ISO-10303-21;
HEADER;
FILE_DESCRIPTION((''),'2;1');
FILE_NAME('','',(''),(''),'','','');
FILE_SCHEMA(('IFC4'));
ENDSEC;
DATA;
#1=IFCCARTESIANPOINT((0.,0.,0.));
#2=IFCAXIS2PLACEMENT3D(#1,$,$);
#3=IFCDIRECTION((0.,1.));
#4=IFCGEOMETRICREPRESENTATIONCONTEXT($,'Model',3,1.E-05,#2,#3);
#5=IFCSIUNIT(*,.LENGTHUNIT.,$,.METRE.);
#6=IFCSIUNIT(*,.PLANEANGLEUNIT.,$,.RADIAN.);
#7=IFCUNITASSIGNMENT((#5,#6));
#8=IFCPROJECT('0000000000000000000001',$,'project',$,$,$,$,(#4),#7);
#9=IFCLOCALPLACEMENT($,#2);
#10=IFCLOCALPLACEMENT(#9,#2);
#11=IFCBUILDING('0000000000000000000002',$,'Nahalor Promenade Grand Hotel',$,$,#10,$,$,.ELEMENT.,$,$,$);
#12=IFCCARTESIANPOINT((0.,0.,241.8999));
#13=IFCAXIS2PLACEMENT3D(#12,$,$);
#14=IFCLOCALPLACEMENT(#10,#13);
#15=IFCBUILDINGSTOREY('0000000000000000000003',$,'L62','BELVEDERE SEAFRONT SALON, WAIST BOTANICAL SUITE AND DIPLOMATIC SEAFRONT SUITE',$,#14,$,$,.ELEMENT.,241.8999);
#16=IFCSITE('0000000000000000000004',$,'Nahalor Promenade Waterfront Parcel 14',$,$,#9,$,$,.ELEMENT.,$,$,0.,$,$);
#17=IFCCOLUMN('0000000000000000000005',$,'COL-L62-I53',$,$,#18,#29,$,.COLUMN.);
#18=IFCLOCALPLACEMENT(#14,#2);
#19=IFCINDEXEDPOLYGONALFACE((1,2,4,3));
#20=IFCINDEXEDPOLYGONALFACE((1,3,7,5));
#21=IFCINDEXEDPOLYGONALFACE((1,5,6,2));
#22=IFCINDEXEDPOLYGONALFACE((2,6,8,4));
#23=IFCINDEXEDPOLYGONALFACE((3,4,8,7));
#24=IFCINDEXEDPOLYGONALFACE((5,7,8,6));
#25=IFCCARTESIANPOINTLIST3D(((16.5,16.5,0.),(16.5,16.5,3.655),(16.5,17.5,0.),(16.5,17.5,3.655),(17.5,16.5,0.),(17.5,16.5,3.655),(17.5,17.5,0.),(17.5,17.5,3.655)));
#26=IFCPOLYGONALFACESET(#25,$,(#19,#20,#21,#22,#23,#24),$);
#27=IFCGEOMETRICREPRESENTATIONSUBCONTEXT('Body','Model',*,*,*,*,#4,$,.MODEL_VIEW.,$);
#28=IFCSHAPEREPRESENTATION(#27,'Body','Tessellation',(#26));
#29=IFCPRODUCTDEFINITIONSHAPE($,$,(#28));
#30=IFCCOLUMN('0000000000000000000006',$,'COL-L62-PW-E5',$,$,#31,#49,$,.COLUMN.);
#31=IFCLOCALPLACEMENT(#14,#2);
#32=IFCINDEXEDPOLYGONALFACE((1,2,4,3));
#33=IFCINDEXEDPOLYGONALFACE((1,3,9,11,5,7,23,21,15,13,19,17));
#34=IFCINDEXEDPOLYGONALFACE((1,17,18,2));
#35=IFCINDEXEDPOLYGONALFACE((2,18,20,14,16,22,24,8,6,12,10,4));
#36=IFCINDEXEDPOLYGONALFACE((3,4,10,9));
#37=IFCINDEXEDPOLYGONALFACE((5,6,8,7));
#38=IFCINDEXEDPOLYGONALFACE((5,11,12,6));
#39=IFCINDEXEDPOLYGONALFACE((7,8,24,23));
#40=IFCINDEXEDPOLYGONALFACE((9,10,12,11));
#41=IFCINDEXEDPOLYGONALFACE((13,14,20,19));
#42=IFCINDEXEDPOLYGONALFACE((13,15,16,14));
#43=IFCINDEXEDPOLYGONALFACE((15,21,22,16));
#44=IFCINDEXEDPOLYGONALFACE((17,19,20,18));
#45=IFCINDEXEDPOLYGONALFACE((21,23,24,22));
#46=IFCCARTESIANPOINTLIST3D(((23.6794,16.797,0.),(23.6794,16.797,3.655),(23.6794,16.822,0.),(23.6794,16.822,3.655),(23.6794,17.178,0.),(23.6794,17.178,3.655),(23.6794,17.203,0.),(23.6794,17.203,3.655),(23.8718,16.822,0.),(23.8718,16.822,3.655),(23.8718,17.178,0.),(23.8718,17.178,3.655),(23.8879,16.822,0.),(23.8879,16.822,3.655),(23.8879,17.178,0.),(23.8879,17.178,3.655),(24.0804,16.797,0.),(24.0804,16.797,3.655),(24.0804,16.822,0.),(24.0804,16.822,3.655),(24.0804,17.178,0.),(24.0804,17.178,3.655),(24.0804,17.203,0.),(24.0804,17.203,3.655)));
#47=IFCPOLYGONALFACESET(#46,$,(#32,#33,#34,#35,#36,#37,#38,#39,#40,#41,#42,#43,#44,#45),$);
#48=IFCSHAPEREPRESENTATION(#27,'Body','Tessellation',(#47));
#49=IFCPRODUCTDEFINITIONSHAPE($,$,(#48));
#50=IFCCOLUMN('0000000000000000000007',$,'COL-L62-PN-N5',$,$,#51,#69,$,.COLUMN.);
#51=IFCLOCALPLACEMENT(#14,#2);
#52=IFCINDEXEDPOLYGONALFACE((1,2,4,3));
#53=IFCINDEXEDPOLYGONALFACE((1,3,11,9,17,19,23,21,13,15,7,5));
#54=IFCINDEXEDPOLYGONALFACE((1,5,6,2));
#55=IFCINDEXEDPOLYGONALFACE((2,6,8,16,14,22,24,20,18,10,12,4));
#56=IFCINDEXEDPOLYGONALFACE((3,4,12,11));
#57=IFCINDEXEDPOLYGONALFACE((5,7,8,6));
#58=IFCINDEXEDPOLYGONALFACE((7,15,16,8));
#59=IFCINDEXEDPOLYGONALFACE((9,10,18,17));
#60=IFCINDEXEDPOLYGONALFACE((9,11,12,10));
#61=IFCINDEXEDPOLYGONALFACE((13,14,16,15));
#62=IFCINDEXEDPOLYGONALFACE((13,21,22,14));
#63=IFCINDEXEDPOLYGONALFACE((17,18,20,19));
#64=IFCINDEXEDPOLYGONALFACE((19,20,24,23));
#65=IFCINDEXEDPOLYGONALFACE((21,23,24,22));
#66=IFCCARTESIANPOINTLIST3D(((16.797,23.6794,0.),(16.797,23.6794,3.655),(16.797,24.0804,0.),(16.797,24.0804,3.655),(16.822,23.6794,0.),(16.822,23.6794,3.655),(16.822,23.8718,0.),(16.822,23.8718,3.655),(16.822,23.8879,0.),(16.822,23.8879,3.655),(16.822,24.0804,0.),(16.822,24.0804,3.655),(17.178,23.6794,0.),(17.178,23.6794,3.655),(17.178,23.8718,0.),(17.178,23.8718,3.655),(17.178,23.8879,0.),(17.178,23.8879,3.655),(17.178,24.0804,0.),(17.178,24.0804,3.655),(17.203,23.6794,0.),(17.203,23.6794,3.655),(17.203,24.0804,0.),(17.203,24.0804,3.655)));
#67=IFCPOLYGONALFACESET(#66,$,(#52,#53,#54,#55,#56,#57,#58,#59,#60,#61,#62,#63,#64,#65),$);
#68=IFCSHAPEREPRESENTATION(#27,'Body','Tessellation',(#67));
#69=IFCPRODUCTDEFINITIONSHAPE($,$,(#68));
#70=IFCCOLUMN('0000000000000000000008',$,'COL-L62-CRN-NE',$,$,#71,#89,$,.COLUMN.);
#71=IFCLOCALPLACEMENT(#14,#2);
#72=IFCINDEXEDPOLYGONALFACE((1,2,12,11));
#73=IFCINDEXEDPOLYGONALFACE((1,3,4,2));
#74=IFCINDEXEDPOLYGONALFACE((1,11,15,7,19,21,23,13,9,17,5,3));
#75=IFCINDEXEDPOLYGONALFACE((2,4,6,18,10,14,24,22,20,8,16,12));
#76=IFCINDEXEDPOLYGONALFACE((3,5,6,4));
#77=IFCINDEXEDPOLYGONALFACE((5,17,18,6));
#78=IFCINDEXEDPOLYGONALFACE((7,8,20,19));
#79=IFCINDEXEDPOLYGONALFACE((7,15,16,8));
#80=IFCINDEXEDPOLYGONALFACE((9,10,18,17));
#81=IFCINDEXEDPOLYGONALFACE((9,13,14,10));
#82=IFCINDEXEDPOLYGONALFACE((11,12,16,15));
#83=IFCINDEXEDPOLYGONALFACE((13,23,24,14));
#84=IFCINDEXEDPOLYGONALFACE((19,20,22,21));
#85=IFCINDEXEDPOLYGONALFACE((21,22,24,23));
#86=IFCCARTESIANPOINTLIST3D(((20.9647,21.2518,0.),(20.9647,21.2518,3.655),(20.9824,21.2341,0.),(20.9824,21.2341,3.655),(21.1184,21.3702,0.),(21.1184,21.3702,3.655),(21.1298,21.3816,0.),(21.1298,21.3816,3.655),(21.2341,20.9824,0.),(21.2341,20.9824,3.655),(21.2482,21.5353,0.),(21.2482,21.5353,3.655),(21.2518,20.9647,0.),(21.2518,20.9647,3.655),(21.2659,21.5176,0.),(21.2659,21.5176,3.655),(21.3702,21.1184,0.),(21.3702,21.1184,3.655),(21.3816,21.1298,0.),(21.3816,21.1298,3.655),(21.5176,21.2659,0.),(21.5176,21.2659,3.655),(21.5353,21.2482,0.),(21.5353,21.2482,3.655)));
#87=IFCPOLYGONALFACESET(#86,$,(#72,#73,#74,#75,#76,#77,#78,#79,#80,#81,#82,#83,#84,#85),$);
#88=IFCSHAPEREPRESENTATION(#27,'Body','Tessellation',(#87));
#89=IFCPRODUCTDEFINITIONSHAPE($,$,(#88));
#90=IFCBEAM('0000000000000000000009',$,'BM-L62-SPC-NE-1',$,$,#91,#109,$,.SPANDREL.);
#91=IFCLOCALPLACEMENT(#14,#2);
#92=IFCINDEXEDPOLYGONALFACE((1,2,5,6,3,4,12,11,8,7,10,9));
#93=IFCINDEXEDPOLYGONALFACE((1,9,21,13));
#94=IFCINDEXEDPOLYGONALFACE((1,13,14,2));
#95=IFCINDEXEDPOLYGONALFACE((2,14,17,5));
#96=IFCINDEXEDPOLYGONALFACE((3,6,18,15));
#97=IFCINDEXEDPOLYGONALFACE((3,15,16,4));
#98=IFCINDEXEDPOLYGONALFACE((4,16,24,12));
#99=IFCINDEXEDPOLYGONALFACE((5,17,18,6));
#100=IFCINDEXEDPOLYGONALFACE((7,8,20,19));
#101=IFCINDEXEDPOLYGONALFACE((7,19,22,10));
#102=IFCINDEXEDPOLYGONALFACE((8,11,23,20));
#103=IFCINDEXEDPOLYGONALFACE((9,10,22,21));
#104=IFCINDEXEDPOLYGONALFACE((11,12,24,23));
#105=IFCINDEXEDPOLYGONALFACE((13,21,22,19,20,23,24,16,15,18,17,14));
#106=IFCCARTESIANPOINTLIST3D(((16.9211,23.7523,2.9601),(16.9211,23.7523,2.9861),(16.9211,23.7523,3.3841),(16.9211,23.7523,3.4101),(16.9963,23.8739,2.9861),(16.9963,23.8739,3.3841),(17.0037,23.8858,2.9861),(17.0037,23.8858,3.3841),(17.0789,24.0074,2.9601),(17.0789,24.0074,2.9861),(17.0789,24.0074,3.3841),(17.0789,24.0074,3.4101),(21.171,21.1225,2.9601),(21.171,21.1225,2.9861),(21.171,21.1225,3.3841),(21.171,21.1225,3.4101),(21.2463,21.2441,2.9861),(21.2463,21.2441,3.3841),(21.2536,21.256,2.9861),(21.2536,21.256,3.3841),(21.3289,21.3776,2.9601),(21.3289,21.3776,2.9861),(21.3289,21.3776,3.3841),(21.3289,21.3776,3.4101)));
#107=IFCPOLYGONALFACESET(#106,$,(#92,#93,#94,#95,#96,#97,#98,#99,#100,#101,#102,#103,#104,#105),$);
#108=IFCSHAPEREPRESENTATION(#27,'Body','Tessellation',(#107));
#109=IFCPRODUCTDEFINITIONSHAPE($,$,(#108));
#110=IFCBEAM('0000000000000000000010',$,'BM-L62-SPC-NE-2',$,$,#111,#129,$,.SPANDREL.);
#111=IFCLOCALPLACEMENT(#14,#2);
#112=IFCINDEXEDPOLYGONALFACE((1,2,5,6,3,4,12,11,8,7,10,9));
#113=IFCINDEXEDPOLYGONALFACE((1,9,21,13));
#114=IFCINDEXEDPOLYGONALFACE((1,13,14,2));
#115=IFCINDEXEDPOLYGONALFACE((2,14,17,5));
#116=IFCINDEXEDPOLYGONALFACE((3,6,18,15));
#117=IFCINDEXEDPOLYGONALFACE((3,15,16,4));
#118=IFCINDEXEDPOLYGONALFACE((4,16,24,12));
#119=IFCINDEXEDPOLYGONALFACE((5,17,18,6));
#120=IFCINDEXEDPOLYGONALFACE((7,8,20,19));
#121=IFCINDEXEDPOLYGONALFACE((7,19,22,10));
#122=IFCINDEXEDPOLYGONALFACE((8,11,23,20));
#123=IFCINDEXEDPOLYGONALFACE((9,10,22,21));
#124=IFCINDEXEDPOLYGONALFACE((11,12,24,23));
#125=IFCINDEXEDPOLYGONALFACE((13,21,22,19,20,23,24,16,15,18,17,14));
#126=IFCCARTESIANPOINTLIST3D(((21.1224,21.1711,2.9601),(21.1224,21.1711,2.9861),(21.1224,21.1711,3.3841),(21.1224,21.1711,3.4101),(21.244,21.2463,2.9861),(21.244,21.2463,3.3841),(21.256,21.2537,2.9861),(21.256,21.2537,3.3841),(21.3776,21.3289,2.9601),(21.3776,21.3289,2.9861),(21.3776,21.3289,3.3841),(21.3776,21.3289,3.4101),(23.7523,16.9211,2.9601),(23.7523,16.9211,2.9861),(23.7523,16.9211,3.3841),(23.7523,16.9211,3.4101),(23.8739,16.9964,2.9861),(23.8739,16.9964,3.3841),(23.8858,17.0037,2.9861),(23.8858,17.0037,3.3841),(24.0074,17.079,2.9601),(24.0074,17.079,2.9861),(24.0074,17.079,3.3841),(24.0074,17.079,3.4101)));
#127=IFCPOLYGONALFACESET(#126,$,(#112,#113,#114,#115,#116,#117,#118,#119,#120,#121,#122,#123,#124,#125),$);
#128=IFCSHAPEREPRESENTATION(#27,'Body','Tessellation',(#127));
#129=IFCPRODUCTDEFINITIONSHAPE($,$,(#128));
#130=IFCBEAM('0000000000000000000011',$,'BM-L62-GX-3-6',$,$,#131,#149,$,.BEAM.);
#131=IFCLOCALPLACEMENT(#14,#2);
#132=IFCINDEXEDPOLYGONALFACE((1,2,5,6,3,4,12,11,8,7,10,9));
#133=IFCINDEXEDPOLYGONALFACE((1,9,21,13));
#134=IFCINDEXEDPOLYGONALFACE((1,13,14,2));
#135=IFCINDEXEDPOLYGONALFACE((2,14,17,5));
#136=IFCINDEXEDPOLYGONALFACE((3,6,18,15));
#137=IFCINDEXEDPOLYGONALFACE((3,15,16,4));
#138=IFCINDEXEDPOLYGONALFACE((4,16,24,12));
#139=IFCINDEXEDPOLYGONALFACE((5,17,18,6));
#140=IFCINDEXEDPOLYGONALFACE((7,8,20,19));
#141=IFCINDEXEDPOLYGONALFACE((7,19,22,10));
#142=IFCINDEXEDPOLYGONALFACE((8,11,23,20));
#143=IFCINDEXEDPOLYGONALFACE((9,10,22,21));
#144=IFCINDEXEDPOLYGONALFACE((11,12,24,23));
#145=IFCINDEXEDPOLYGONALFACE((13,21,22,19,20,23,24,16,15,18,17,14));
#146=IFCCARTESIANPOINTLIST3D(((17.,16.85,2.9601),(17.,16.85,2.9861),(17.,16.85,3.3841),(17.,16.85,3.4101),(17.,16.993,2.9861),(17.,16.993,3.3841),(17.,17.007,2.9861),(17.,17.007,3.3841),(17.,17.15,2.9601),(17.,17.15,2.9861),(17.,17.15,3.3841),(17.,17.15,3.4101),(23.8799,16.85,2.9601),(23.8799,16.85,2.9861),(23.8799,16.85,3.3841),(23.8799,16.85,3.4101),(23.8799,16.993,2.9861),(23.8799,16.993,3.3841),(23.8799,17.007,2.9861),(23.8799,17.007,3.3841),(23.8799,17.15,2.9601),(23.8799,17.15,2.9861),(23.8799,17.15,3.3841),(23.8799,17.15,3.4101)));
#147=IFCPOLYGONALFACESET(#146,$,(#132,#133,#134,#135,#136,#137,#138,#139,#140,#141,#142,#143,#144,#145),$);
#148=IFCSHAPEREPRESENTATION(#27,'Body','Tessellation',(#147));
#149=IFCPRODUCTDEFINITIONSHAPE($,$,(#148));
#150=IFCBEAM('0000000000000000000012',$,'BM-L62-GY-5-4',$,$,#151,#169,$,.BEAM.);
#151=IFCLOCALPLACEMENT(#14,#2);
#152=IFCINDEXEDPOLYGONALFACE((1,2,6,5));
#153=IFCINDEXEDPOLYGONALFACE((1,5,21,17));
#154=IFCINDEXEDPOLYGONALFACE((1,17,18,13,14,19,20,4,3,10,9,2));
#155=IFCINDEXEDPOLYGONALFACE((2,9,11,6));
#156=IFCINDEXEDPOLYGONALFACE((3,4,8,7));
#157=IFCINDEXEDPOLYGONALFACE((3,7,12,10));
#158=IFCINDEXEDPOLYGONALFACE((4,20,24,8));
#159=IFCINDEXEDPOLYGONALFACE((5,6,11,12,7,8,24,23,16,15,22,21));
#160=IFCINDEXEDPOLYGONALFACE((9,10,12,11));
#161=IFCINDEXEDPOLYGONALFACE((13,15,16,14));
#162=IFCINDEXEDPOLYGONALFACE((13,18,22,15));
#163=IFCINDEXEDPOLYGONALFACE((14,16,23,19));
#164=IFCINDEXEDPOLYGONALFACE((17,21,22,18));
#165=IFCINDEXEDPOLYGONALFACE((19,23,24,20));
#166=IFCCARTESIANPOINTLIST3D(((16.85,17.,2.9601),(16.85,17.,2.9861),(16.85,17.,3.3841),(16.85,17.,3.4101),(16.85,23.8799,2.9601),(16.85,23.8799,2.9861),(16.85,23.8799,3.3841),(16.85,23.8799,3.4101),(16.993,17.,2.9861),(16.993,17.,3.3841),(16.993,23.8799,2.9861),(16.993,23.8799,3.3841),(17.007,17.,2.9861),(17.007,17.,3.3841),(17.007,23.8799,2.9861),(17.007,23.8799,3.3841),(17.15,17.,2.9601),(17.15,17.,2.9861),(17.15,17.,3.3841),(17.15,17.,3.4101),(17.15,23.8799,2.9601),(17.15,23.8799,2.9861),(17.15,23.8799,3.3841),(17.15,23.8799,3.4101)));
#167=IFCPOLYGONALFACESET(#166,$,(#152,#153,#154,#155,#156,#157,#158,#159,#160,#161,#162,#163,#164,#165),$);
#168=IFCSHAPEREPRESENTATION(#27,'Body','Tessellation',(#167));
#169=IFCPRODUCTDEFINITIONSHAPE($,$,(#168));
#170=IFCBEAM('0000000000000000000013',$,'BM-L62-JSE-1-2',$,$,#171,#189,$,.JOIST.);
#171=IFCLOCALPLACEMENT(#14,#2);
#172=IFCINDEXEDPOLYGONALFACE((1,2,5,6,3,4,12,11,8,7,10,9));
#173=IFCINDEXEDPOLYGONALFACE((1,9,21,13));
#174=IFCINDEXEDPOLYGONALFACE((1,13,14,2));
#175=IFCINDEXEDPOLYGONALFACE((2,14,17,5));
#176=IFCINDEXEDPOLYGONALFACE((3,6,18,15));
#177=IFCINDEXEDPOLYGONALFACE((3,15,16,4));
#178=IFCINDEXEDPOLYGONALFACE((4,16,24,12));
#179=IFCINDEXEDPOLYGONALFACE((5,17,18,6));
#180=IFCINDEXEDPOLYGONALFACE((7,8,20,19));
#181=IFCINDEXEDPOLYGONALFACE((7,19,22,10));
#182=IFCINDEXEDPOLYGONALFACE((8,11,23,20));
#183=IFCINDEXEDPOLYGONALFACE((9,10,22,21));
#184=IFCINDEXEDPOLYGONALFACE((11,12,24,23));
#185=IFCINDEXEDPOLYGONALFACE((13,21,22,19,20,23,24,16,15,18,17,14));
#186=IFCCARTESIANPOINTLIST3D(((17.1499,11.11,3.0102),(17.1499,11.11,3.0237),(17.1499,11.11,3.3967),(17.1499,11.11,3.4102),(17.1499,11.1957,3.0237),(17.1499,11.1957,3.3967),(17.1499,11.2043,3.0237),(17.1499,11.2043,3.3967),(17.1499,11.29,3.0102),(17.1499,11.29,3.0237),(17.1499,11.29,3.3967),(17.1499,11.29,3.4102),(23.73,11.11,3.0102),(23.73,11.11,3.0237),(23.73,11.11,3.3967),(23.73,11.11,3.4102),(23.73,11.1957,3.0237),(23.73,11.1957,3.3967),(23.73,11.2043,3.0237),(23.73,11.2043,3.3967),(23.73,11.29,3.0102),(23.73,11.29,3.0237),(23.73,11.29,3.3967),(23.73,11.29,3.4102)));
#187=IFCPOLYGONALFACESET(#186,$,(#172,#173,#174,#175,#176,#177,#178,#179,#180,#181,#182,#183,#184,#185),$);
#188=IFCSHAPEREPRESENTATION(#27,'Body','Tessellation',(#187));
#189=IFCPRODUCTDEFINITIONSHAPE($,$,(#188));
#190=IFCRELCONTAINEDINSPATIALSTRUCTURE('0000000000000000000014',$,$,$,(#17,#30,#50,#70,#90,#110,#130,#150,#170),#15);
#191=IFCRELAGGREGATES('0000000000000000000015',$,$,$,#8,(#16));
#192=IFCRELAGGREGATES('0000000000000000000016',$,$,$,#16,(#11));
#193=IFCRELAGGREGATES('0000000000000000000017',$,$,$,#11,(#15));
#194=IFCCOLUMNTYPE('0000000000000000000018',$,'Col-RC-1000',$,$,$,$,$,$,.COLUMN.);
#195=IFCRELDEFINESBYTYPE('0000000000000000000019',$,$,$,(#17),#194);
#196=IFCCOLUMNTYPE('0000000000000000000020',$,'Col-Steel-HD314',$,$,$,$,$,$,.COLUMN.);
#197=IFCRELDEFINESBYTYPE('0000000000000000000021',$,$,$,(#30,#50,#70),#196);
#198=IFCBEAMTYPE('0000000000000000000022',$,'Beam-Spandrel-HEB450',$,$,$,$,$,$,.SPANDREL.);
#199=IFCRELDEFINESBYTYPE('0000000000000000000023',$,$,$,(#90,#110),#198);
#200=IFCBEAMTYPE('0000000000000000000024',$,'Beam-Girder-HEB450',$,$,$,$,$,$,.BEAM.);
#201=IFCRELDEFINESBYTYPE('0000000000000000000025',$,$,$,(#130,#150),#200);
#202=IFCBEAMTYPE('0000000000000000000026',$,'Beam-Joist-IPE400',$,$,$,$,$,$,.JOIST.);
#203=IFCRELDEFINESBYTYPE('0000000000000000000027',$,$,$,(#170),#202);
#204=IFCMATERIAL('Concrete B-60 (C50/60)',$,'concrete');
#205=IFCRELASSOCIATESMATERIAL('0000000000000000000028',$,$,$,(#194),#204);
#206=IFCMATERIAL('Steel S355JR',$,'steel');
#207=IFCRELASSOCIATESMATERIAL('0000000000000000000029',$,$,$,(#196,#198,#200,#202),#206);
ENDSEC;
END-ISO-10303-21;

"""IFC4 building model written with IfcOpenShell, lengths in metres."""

from ifc_helpers import new_model, si_unit, direction, frame, origin, origin_2d, place, context, subcontext, project, spatial, rectangle, i_section, extrude, source, transform, mapped, material, material_profile, profile_set, type_object, element, save


model = new_model("IFC4")

# Units and contexts
model_context = context("Model", 3, precision=1e-05, world=origin(), true_north=direction((0.0, 1.0)))
body_context = subcontext(model_context, "Body", "Model", "MODEL_VIEW")
ifc_project = project(units=[si_unit("LENGTHUNIT", "METRE"), si_unit("PLANEANGLEUNIT", "RADIAN")], contexts=[model_context])

# Site, building, storey
site_placement = place(None, origin())
site = spatial("IfcSite", under=ifc_project, at=site_placement, Name="Nahalor Promenade Waterfront Parcel 14", CompositionType="ELEMENT", RefElevation=0.0)
building_placement = place(site_placement, origin())
building = spatial("IfcBuilding", under=site, at=building_placement, Name="Nahalor Promenade Grand Hotel", CompositionType="ELEMENT")
storey_placement = place(building_placement, frame((0.0, 0.0, 241.8999)))
storey = spatial("IfcBuildingStorey", under=building, at=storey_placement, Name="L62", Description="BELVEDERE SEAFRONT SALON, WAIST BOTANICAL SUITE AND DIPLOMATIC SEAFRONT SUITE", CompositionType="ELEMENT", Elevation=241.8999)

# Columns
ifc_material_1 = material(Name="Concrete B-60 (C50/60)", Category="concrete")
ifc_material_profile_1 = material_profile(ifc_material_1, rectangle(XDim=1.0, YDim=1.0, at=origin_2d()), Name="RC 1000x1000")
ifc_profile_set_1 = profile_set([ifc_material_profile_1], Name="Concrete B-60 (C50/60)")
column_type_1 = type_object("IfcColumnType", Name="Col-RC-1000", PredefinedType="COLUMN", material=ifc_profile_set_1)
shared_shape_1 = source(origin(), body_context, "Body", "SweptSolid", [
    extrude(rectangle(XDim=1.0, YDim=1.0, at=origin_2d()), origin(), (0.0, 0.0, 1.0), 3.655),
])
column_placement = place(storey_placement, frame((17.0, 17.0, 0.0), z_axis=(0.0, 0.0, 1.0), x_axis=(1.0, 0.0, 0.0)))
element("IfcColumn", 1, at=column_placement, inside=storey, type_object=column_type_1, Name="COL-L62-I53", PredefinedType="COLUMN", context=body_context, shape_type="MappedRepresentation", body=[
    mapped(shared_shape_1, transform((0.0, 0.0, 0.0), scale=1.0)),
])
ifc_material_2 = material(Name="Steel S355JR", Category="steel")
ifc_material_profile_2 = material_profile(ifc_material_2, i_section(OverallWidth=0.401, OverallDepth=0.406, WebThickness=0.0161, FlangeThickness=0.025, at=origin_2d()), Name="HD 400x314")
ifc_profile_set_2 = profile_set([ifc_material_profile_2], Name="Steel S355JR")
column_type_2 = type_object("IfcColumnType", Name="Col-Steel-HD314", PredefinedType="COLUMN", material=ifc_profile_set_2)
shared_shape_2 = source(origin(), body_context, "Body", "SweptSolid", [
    extrude(i_section(OverallWidth=0.401, OverallDepth=0.406, WebThickness=0.0161, FlangeThickness=0.025, at=origin_2d()), origin(), (0.0, 0.0, 1.0), 3.655),
])
for number, where, z_axis, x_axis, name in (
    (2, (23.8799, 17.0, 0.0), (0.0, 0.0, 1.0), (1.0, 0.0, 0.0), "COL-L62-PW-E5"),
    (3, (17.0, 23.8799, 0.0), (0.0, 0.0, 1.0), (0.0, 1.0, 0.0), "COL-L62-PN-N5"),
    (4, (21.25, 21.25, 0.0), (0.0, 0.0, 1.0), (0.707107, 0.707107, 0.0), "COL-L62-CRN-NE"),
):
    element("IfcColumn", number, at=place(storey_placement, frame(where, z_axis=z_axis, x_axis=x_axis)), inside=storey, type_object=column_type_2, Name=name, PredefinedType="COLUMN", context=body_context, shape_type="MappedRepresentation", body=[
        mapped(shared_shape_2, transform((0.0, 0.0, 0.0), scale=1.0)),
    ])

# Beams
ifc_material_profile_3 = material_profile(ifc_material_2, i_section(OverallWidth=0.3, OverallDepth=0.45, WebThickness=0.014, FlangeThickness=0.026, at=origin_2d()), Name="HEB 450")
ifc_profile_set_3 = profile_set([ifc_material_profile_3], Name="Steel S355JR")
beam_type_1 = type_object("IfcBeamType", Name="Beam-Spandrel-HEB450", PredefinedType="SPANDREL", material=ifc_profile_set_3)
shared_shape_3 = source(origin(), body_context, "Body", "SweptSolid", [
    extrude(i_section(OverallWidth=0.3, OverallDepth=0.45, WebThickness=0.014, FlangeThickness=0.026, at=origin_2d()), origin(), (0.0, 0.0, 1.0), 4.9978),
])
for number, where, z_axis, x_axis, name in (
    (5, (17.0, 23.8799, 3.1851), (0.850361, -0.5262, 0.0), (0.5262, 0.850361, 0.0), "BM-L62-SPC-NE-1"),
    (6, (21.25, 21.25, 3.1851), (0.5262, -0.850361, 0.0), (0.850361, 0.5262, 0.0), "BM-L62-SPC-NE-2"),
):
    element("IfcBeam", number, at=place(storey_placement, frame(where, z_axis=z_axis, x_axis=x_axis)), inside=storey, type_object=beam_type_1, Name=name, PredefinedType="SPANDREL", context=body_context, shape_type="MappedRepresentation", body=[
        mapped(shared_shape_3, transform((0.0, 0.0, 0.0), scale=1.0)),
    ])
ifc_material_profile_4 = material_profile(ifc_material_2, i_section(OverallWidth=0.3, OverallDepth=0.45, WebThickness=0.014, FlangeThickness=0.026, at=origin_2d()), Name="HEB 450")
ifc_profile_set_4 = profile_set([ifc_material_profile_4], Name="Steel S355JR")
beam_type_2 = type_object("IfcBeamType", Name="Beam-Girder-HEB450", PredefinedType="BEAM", material=ifc_profile_set_4)
shared_shape_4 = source(origin(), body_context, "Body", "SweptSolid", [
    extrude(i_section(OverallWidth=0.3, OverallDepth=0.45, WebThickness=0.014, FlangeThickness=0.026, at=origin_2d()), origin(), (0.0, 0.0, 1.0), 6.8799),
])
for number, where, z_axis, x_axis, name in (
    (7, (17.0, 17.0, 3.1851), (1.0, 0.0, 0.0), (0.0, 1.0, 0.0), "BM-L62-GX-3-6"),
    (8, (17.0, 17.0, 3.1851), (0.0, 1.0, 0.0), (-1.0, 0.0, 0.0), "BM-L62-GY-5-4"),
):
    element("IfcBeam", number, at=place(storey_placement, frame(where, z_axis=z_axis, x_axis=x_axis)), inside=storey, type_object=beam_type_2, Name=name, PredefinedType="BEAM", context=body_context, shape_type="MappedRepresentation", body=[
        mapped(shared_shape_4, transform((0.0, 0.0, 0.0), scale=1.0)),
    ])
ifc_material_profile_5 = material_profile(ifc_material_2, i_section(OverallWidth=0.18, OverallDepth=0.4, WebThickness=0.0086, FlangeThickness=0.0135, at=origin_2d()), Name="IPE 400")
ifc_profile_set_5 = profile_set([ifc_material_profile_5], Name="Steel S355JR")
beam_type_3 = type_object("IfcBeamType", Name="Beam-Joist-IPE400", PredefinedType="JOIST", material=ifc_profile_set_5)
shared_shape_5 = source(origin(), body_context, "Body", "SweptSolid", [
    extrude(i_section(OverallWidth=0.18, OverallDepth=0.4, WebThickness=0.0086, FlangeThickness=0.0135, at=origin_2d()), origin(), (0.0, 0.0, 1.0), 6.5801),
])
beam_placement = place(storey_placement, frame((17.1499, 11.2, 3.2102), z_axis=(1.0, 0.0, 0.0), x_axis=(0.0, 1.0, 0.0)))
element("IfcBeam", 9, at=beam_placement, inside=storey, type_object=beam_type_3, Name="BM-L62-JSE-1-2", PredefinedType="JOIST", context=body_context, shape_type="MappedRepresentation", body=[
    mapped(shared_shape_5, transform((0.0, 0.0, 0.0), scale=1.0)),
])

save(model, "model.ifc")
